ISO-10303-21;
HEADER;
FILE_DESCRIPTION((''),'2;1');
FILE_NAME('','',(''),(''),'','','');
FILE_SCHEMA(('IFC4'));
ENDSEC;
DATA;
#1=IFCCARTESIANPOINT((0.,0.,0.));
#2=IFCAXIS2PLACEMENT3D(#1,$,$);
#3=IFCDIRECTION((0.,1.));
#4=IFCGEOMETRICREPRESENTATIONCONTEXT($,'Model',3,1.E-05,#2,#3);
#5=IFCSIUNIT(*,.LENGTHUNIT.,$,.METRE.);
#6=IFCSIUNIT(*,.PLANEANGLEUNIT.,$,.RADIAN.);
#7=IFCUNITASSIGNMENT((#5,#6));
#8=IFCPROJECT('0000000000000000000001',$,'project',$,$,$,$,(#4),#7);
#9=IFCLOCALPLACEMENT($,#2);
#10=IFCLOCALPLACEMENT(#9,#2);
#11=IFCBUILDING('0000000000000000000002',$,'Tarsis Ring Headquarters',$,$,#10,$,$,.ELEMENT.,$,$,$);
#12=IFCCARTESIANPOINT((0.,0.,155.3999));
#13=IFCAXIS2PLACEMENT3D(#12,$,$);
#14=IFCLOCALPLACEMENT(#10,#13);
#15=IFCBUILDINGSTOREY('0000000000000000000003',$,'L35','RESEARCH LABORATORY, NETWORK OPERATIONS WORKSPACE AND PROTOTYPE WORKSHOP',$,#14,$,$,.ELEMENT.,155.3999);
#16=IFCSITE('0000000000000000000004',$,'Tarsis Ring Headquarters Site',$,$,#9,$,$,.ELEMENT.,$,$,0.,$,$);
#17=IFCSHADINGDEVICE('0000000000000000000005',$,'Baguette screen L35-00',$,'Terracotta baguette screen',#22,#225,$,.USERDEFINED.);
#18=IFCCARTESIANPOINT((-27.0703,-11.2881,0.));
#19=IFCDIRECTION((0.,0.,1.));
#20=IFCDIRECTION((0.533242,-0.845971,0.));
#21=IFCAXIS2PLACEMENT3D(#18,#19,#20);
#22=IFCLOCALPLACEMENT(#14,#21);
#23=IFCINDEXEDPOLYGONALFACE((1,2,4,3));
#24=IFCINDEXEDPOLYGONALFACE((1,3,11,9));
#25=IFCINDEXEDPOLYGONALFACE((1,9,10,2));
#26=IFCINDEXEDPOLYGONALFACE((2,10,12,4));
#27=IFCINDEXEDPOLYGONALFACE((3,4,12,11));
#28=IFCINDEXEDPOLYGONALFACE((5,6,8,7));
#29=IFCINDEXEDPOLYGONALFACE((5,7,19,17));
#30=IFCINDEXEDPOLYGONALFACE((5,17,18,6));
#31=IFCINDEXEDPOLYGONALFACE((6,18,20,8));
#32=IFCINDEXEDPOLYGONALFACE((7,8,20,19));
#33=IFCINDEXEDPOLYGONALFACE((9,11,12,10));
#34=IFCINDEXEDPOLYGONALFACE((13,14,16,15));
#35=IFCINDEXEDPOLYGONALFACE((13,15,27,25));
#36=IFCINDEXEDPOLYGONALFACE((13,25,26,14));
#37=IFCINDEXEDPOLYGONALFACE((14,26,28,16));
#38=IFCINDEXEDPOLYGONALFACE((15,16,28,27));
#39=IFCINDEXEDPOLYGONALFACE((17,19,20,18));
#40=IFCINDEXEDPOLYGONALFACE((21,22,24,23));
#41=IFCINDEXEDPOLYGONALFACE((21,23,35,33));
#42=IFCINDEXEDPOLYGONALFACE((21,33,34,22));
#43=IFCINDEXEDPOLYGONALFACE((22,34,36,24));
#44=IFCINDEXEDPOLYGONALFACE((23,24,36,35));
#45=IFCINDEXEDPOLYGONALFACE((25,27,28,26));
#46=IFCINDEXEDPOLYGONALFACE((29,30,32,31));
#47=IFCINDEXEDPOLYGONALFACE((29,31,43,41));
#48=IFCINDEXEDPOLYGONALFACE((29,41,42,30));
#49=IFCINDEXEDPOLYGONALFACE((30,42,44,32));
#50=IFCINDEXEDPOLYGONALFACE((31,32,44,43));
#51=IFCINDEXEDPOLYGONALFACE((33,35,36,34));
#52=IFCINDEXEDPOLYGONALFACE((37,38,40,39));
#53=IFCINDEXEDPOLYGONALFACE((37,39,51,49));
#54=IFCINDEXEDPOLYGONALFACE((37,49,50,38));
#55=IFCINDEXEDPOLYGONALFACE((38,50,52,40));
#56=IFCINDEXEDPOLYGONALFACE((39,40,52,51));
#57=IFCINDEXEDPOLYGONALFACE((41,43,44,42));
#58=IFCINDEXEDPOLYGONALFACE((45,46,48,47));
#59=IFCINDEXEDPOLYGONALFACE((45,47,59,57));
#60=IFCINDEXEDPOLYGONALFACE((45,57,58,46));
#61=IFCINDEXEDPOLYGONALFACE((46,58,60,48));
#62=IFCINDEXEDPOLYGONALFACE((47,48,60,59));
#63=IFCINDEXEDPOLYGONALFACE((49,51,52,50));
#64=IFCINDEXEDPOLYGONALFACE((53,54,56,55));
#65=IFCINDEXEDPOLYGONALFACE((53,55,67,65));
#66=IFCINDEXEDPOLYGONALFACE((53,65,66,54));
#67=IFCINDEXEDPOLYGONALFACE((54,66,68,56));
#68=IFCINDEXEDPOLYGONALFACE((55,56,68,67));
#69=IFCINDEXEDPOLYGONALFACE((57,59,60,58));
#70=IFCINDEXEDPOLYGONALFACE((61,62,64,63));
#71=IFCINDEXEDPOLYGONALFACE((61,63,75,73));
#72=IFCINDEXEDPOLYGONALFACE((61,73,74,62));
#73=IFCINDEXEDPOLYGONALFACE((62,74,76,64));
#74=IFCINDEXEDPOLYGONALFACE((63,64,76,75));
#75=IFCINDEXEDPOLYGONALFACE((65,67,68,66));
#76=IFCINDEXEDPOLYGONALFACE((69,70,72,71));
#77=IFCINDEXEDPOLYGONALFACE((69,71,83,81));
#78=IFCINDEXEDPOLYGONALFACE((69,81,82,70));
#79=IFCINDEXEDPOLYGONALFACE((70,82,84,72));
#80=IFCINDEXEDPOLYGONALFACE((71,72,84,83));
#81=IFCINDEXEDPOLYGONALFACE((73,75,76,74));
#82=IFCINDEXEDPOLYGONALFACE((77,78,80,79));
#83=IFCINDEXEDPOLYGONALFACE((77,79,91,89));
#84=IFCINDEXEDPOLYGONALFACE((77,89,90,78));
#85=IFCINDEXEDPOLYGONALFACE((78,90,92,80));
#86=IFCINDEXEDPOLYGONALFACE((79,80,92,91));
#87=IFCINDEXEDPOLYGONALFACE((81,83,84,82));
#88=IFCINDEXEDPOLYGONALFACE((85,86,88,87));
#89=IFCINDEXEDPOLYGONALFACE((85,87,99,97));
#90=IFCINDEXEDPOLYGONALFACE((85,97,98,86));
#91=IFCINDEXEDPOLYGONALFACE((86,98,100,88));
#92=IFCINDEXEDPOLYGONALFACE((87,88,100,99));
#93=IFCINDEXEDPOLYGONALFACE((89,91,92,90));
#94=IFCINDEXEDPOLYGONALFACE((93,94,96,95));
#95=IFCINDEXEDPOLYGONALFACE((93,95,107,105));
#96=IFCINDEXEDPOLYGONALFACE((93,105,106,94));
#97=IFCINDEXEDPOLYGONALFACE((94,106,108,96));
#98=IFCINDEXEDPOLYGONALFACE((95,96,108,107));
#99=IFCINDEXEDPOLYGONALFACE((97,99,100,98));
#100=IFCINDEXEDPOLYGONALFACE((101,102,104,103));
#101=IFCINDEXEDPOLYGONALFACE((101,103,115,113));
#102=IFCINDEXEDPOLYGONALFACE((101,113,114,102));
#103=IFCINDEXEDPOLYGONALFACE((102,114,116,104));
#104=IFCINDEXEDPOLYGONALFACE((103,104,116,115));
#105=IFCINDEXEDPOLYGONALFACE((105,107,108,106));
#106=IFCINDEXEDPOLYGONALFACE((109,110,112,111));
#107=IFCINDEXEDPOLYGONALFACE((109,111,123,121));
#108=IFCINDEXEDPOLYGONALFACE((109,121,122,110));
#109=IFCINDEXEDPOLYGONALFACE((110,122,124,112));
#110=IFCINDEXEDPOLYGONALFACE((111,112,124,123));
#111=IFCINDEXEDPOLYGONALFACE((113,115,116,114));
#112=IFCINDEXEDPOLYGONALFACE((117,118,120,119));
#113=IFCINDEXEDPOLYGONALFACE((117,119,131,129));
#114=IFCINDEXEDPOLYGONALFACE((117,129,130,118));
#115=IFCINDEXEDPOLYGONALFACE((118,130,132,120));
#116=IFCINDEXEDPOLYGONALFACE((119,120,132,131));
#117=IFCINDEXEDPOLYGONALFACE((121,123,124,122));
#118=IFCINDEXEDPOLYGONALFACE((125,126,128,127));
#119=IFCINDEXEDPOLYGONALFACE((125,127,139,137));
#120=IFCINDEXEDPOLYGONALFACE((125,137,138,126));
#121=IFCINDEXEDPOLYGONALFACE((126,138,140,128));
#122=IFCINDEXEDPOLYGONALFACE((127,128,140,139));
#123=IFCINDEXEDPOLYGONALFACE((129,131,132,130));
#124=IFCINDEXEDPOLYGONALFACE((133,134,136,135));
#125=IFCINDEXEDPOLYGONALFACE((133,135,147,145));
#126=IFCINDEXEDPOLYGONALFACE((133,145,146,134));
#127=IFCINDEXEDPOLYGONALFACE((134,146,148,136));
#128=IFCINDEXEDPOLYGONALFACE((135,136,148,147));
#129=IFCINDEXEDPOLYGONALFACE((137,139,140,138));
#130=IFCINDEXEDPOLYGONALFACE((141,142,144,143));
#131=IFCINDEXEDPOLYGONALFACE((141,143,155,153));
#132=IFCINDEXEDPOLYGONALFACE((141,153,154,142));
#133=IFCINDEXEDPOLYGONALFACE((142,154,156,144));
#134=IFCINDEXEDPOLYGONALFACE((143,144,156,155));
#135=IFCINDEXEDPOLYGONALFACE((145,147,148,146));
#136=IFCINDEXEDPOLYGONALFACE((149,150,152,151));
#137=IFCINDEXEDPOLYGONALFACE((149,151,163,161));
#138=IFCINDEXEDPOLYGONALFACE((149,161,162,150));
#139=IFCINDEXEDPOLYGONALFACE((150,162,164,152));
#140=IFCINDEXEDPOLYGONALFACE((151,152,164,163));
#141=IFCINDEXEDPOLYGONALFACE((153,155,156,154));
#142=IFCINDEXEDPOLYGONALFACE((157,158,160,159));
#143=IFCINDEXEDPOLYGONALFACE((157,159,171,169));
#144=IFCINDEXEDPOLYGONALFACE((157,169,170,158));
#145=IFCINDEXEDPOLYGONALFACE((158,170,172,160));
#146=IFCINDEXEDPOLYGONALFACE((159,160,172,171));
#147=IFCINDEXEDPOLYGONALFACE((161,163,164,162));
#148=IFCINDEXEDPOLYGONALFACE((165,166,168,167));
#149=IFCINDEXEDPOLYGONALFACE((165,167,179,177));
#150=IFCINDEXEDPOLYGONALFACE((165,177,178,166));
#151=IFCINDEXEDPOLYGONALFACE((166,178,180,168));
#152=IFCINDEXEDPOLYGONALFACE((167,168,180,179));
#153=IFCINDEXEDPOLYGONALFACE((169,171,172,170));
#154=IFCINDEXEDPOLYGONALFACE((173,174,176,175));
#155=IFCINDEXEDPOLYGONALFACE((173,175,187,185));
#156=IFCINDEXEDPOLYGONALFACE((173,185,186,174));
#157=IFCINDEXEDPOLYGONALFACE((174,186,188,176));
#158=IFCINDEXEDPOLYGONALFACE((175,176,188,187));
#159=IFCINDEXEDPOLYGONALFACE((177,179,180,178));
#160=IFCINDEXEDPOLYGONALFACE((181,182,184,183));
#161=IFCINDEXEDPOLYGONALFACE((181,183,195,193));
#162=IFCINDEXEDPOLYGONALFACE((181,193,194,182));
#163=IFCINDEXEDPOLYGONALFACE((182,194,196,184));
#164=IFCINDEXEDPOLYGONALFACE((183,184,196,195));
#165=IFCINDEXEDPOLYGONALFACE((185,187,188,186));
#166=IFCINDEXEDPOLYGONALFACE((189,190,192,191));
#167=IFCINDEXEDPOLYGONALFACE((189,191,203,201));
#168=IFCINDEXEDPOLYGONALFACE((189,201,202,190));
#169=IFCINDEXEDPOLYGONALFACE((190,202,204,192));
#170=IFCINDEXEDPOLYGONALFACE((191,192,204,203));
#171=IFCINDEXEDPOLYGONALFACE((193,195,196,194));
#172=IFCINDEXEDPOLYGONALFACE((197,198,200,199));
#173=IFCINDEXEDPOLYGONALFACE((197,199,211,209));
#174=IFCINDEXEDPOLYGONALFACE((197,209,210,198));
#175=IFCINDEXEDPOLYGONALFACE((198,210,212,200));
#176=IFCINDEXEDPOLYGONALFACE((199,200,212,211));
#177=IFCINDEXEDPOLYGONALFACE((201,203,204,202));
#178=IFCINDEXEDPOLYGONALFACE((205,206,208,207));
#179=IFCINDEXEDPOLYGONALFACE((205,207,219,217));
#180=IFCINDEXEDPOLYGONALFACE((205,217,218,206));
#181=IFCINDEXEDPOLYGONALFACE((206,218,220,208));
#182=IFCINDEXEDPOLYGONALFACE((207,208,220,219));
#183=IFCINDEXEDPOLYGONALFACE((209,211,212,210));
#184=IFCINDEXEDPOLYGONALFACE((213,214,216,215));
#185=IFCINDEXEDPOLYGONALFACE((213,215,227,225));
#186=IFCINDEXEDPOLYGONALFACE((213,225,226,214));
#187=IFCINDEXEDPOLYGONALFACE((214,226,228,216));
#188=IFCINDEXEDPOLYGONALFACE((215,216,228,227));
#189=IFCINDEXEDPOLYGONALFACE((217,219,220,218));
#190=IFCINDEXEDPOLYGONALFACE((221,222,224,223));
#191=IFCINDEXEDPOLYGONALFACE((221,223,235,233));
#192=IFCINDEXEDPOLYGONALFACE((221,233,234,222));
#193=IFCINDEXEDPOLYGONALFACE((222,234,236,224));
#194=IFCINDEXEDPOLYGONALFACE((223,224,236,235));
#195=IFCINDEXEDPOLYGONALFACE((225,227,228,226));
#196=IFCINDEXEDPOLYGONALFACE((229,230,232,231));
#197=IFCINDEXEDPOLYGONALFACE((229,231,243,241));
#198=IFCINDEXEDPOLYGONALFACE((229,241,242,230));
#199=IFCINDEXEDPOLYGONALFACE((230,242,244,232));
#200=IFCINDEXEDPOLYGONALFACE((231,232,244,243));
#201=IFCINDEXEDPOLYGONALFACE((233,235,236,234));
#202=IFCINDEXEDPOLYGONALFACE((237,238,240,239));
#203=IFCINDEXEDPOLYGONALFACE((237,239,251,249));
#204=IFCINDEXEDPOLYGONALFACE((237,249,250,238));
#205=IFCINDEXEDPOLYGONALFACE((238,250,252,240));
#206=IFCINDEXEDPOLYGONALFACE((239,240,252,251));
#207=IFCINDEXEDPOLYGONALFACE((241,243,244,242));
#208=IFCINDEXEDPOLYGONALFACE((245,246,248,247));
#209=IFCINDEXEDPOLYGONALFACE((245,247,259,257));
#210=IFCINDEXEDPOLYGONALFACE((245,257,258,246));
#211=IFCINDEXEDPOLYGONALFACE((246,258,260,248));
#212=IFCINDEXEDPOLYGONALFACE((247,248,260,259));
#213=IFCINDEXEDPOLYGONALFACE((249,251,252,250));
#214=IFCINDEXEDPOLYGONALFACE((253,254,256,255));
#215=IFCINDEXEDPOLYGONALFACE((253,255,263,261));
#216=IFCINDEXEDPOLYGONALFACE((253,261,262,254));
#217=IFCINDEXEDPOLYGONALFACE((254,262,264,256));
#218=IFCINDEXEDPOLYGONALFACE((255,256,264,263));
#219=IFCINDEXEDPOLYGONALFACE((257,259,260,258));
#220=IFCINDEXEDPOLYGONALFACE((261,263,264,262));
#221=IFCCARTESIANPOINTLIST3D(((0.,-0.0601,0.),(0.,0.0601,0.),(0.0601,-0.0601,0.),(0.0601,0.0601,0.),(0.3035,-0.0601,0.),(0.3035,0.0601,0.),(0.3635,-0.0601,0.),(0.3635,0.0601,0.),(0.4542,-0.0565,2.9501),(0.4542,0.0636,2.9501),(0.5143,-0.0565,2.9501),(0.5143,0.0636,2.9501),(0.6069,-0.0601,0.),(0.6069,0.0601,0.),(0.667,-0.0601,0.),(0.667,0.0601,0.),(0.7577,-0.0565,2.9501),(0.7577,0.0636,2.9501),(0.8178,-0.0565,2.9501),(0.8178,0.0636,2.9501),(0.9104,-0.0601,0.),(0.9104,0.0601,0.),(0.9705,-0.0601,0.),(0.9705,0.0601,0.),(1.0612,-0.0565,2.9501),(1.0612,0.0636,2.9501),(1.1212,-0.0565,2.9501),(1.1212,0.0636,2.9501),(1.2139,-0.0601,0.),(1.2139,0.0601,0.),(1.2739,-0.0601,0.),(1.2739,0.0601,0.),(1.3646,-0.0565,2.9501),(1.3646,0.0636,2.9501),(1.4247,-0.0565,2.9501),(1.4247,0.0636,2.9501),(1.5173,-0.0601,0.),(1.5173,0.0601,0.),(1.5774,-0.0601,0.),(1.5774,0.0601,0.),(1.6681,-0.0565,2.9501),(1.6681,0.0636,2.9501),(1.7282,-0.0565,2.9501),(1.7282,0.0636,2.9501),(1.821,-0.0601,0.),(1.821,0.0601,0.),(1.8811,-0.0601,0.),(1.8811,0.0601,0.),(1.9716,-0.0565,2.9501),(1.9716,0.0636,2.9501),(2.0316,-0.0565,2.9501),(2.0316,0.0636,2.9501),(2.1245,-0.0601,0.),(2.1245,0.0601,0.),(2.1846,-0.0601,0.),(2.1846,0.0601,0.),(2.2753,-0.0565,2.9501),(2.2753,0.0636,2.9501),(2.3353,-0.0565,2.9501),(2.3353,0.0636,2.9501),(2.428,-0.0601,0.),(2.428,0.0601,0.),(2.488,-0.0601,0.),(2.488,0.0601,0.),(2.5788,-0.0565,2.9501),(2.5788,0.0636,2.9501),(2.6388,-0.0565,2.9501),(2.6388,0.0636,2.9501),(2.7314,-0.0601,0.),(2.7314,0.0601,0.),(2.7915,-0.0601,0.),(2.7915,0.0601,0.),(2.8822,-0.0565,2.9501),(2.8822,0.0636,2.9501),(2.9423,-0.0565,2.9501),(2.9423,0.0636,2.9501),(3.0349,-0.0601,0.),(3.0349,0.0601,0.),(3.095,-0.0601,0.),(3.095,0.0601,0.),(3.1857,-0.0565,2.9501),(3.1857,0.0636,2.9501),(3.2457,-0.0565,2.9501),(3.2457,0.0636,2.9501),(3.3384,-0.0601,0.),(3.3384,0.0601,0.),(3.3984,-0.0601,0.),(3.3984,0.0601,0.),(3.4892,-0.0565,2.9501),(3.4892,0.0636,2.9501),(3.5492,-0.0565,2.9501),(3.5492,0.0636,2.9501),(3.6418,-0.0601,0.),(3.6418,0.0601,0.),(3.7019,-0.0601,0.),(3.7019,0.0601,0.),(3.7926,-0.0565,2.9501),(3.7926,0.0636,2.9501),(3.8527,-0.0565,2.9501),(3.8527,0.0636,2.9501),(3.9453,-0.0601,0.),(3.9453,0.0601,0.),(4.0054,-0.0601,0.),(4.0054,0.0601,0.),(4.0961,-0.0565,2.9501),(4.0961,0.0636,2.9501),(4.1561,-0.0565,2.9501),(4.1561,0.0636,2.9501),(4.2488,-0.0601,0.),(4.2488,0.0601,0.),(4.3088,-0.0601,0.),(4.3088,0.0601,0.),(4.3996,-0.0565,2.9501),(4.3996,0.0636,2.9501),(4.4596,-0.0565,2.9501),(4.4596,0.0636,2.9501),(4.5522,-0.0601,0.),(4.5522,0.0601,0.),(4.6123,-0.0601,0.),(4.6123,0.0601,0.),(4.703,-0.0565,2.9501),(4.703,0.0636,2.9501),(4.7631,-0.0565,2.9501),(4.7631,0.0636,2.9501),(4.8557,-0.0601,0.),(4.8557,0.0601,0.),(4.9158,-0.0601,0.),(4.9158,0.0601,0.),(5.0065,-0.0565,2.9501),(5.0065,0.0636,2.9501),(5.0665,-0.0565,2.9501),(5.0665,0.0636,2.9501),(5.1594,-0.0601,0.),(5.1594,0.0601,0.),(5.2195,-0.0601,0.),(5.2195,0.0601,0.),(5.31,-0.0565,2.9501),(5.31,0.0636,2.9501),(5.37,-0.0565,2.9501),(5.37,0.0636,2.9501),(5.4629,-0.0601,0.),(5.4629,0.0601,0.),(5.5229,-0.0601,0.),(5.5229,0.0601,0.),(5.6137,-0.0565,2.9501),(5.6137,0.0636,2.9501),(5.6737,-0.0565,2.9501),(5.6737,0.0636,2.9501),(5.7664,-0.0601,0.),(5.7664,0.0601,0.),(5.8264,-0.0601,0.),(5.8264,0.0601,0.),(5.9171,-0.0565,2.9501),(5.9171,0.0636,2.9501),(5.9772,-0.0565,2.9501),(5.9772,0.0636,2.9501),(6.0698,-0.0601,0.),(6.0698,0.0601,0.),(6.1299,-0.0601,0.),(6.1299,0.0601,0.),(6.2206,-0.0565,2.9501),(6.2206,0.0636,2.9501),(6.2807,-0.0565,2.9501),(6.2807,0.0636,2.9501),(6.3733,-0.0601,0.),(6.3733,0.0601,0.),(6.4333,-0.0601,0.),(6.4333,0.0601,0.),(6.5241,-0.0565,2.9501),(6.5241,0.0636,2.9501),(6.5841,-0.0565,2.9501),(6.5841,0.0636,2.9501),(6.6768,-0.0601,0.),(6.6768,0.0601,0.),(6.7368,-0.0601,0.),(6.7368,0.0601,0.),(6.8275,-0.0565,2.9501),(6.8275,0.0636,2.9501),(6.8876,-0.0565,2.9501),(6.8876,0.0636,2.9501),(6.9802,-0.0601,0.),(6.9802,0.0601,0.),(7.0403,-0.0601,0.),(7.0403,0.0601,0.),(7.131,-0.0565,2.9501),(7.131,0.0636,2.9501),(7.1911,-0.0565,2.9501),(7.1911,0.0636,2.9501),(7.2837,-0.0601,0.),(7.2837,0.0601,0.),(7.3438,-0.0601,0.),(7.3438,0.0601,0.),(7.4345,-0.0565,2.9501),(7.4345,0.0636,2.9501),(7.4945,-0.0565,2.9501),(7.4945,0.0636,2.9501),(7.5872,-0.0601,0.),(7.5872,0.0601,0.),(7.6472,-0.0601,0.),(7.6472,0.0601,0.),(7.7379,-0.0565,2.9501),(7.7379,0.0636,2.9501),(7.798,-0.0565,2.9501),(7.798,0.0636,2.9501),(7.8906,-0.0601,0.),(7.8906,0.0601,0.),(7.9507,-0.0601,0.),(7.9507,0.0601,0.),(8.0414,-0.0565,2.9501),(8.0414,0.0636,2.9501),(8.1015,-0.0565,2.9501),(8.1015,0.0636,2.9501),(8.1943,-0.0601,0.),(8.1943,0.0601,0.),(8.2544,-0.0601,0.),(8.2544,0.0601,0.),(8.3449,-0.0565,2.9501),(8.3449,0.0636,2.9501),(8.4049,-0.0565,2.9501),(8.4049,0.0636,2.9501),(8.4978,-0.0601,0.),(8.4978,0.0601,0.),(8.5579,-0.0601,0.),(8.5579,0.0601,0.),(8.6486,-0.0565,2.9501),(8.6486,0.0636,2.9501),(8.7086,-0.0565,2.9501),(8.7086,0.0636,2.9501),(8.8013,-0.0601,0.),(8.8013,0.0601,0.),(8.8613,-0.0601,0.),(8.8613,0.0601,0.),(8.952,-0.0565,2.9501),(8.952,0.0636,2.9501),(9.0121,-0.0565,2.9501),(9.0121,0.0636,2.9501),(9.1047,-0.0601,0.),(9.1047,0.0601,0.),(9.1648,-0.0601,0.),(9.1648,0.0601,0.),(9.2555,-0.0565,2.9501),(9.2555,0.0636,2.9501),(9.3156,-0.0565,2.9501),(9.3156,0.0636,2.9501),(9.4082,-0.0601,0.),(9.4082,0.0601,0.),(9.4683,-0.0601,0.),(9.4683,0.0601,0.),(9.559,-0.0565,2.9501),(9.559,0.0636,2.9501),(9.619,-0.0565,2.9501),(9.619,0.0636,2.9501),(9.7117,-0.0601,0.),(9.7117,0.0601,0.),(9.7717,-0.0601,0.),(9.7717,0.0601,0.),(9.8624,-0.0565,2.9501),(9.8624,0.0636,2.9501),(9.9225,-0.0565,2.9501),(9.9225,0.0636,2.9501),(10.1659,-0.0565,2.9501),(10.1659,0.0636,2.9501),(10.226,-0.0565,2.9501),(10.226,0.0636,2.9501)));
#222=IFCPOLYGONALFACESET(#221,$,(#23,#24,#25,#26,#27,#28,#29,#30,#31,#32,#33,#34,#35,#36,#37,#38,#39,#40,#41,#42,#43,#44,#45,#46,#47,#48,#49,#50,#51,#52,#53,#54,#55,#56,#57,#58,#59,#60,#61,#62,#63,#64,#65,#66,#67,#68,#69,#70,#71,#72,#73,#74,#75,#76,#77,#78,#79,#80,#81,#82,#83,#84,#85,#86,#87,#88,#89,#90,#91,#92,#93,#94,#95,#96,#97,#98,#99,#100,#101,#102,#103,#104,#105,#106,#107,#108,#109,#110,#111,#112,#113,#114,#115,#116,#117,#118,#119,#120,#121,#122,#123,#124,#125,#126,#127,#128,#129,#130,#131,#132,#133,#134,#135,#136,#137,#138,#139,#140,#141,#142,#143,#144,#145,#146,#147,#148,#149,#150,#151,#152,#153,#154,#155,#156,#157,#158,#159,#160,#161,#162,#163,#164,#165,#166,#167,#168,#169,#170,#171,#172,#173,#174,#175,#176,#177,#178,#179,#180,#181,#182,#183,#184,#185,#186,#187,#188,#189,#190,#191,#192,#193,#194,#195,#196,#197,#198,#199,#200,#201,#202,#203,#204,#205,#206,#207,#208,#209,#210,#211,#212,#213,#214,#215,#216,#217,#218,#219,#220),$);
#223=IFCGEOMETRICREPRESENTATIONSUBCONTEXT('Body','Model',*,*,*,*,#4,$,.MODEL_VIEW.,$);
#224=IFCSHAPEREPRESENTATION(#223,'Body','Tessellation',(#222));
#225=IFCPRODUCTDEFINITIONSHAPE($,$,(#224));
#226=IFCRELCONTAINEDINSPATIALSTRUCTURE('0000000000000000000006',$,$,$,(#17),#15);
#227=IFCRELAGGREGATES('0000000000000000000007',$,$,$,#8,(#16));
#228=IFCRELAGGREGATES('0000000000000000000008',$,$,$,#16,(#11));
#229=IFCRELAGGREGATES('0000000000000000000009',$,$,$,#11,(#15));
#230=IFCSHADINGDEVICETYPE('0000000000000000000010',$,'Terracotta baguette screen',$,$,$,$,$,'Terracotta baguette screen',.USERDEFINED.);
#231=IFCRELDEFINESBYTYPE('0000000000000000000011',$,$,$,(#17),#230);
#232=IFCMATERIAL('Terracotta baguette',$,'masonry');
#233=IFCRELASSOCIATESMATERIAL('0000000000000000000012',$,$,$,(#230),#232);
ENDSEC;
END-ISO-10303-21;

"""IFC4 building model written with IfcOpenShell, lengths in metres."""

from ifc_helpers import new_model, si_unit, direction, frame, frame_2d, origin, place, context, subcontext, project, spatial, rectangle, composite_profile, extrude, material, type_object, element, save


model = new_model("IFC4")

# Units and contexts
model_context = context("Model", 3, precision=1e-05, world=origin(), true_north=direction((0.0, 1.0)))
body_context = subcontext(model_context, "Body", "Model", "MODEL_VIEW")
ifc_project = project(units=[si_unit("LENGTHUNIT", "METRE"), si_unit("PLANEANGLEUNIT", "RADIAN")], contexts=[model_context])

# Site, building, storey
site_placement = place(None, origin())
site = spatial("IfcSite", under=ifc_project, at=site_placement, Name="Tarsis Ring Headquarters Site", CompositionType="ELEMENT", RefElevation=0.0)
building_placement = place(site_placement, origin())
building = spatial("IfcBuilding", under=site, at=building_placement, Name="Tarsis Ring Headquarters", CompositionType="ELEMENT")
storey_placement = place(building_placement, frame((0.0, 0.0, 155.3999)))
storey = spatial("IfcBuildingStorey", under=building, at=storey_placement, Name="L35", Description="RESEARCH LABORATORY, NETWORK OPERATIONS WORKSPACE AND PROTOTYPE WORKSHOP", CompositionType="ELEMENT", Elevation=155.3999)

# Shading device
ifc_material_1 = material(Name="Terracotta baguette", Category="masonry")
shading_device_type = type_object("IfcShadingDeviceType", Name="Terracotta baguette screen", ElementType="Terracotta baguette screen", PredefinedType="USERDEFINED", material=ifc_material_1)
shading_device_placement = place(storey_placement, frame((-27.0703, -11.2881, 0.0), z_axis=(0.0, 0.0, 1.0), x_axis=(0.533242, -0.845971, 0.0)))
element("IfcShadingDevice", 1, at=shading_device_placement, inside=storey, type_object=shading_device_type, Name="Baguette screen L35-00", ObjectType="Terracotta baguette screen", PredefinedType="USERDEFINED", context=body_context, shape_type="SweptSolid", body=[
    extrude(composite_profile([rectangle(XDim=0.0601, YDim=0.1201, at=frame_2d((0.03, 0.0))), rectangle(XDim=0.0601, YDim=0.1201, at=frame_2d((0.3335, 0.0))), rectangle(XDim=0.0601, YDim=0.1201, at=frame_2d((0.637, 0.0))), rectangle(XDim=0.0601, YDim=0.1201, at=frame_2d((0.9404, 0.0))), rectangle(XDim=0.0601, YDim=0.1201, at=frame_2d((1.2439, 0.0))), rectangle(XDim=0.0601, YDim=0.1201, at=frame_2d((1.5474, 0.0))), rectangle(XDim=0.0601, YDim=0.1201, at=frame_2d((1.8511, 0.0))), rectangle(XDim=0.0601, YDim=0.1201, at=frame_2d((2.1545, 0.0))), rectangle(XDim=0.0601, YDim=0.1201, at=frame_2d((2.458, 0.0))), rectangle(XDim=0.0601, YDim=0.1201, at=frame_2d((2.7615, 0.0))), rectangle(XDim=0.0601, YDim=0.1201, at=frame_2d((3.0649, 0.0))), rectangle(XDim=0.0601, YDim=0.1201, at=frame_2d((3.3684, 0.0))), rectangle(XDim=0.0601, YDim=0.1201, at=frame_2d((3.6719, 0.0))), rectangle(XDim=0.0601, YDim=0.1201, at=frame_2d((3.9753, 0.0))), rectangle(XDim=0.0601, YDim=0.1201, at=frame_2d((4.2788, 0.0))), rectangle(XDim=0.0601, YDim=0.1201, at=frame_2d((4.5823, 0.0))), rectangle(XDim=0.0601, YDim=0.1201, at=frame_2d((4.8857, 0.0))), rectangle(XDim=0.0601, YDim=0.1201, at=frame_2d((5.1895, 0.0))), rectangle(XDim=0.0601, YDim=0.1201, at=frame_2d((5.4929, 0.0))), rectangle(XDim=0.0601, YDim=0.1201, at=frame_2d((5.7964, 0.0))), rectangle(XDim=0.0601, YDim=0.1201, at=frame_2d((6.0999, 0.0))), rectangle(XDim=0.0601, YDim=0.1201, at=frame_2d((6.4033, 0.0))), rectangle(XDim=0.0601, YDim=0.1201, at=frame_2d((6.7068, 0.0))), rectangle(XDim=0.0601, YDim=0.1201, at=frame_2d((7.0103, 0.0))), rectangle(XDim=0.0601, YDim=0.1201, at=frame_2d((7.3137, 0.0))), rectangle(XDim=0.0601, YDim=0.1201, at=frame_2d((7.6172, 0.0))), rectangle(XDim=0.0601, YDim=0.1201, at=frame_2d((7.9207, 0.0))), rectangle(XDim=0.0601, YDim=0.1201, at=frame_2d((8.2244, 0.0))), rectangle(XDim=0.0601, YDim=0.1201, at=frame_2d((8.5278, 0.0))), rectangle(XDim=0.0601, YDim=0.1201, at=frame_2d((8.8313, 0.0))), rectangle(XDim=0.0601, YDim=0.1201, at=frame_2d((9.1348, 0.0))), rectangle(XDim=0.0601, YDim=0.1201, at=frame_2d((9.4382, 0.0))), rectangle(XDim=0.0601, YDim=0.1201, at=frame_2d((9.7417, 0.0)))]), origin(), (0.152182, 0.001197, 0.988352), 2.9849),
])

save(model, "model.ifc")
